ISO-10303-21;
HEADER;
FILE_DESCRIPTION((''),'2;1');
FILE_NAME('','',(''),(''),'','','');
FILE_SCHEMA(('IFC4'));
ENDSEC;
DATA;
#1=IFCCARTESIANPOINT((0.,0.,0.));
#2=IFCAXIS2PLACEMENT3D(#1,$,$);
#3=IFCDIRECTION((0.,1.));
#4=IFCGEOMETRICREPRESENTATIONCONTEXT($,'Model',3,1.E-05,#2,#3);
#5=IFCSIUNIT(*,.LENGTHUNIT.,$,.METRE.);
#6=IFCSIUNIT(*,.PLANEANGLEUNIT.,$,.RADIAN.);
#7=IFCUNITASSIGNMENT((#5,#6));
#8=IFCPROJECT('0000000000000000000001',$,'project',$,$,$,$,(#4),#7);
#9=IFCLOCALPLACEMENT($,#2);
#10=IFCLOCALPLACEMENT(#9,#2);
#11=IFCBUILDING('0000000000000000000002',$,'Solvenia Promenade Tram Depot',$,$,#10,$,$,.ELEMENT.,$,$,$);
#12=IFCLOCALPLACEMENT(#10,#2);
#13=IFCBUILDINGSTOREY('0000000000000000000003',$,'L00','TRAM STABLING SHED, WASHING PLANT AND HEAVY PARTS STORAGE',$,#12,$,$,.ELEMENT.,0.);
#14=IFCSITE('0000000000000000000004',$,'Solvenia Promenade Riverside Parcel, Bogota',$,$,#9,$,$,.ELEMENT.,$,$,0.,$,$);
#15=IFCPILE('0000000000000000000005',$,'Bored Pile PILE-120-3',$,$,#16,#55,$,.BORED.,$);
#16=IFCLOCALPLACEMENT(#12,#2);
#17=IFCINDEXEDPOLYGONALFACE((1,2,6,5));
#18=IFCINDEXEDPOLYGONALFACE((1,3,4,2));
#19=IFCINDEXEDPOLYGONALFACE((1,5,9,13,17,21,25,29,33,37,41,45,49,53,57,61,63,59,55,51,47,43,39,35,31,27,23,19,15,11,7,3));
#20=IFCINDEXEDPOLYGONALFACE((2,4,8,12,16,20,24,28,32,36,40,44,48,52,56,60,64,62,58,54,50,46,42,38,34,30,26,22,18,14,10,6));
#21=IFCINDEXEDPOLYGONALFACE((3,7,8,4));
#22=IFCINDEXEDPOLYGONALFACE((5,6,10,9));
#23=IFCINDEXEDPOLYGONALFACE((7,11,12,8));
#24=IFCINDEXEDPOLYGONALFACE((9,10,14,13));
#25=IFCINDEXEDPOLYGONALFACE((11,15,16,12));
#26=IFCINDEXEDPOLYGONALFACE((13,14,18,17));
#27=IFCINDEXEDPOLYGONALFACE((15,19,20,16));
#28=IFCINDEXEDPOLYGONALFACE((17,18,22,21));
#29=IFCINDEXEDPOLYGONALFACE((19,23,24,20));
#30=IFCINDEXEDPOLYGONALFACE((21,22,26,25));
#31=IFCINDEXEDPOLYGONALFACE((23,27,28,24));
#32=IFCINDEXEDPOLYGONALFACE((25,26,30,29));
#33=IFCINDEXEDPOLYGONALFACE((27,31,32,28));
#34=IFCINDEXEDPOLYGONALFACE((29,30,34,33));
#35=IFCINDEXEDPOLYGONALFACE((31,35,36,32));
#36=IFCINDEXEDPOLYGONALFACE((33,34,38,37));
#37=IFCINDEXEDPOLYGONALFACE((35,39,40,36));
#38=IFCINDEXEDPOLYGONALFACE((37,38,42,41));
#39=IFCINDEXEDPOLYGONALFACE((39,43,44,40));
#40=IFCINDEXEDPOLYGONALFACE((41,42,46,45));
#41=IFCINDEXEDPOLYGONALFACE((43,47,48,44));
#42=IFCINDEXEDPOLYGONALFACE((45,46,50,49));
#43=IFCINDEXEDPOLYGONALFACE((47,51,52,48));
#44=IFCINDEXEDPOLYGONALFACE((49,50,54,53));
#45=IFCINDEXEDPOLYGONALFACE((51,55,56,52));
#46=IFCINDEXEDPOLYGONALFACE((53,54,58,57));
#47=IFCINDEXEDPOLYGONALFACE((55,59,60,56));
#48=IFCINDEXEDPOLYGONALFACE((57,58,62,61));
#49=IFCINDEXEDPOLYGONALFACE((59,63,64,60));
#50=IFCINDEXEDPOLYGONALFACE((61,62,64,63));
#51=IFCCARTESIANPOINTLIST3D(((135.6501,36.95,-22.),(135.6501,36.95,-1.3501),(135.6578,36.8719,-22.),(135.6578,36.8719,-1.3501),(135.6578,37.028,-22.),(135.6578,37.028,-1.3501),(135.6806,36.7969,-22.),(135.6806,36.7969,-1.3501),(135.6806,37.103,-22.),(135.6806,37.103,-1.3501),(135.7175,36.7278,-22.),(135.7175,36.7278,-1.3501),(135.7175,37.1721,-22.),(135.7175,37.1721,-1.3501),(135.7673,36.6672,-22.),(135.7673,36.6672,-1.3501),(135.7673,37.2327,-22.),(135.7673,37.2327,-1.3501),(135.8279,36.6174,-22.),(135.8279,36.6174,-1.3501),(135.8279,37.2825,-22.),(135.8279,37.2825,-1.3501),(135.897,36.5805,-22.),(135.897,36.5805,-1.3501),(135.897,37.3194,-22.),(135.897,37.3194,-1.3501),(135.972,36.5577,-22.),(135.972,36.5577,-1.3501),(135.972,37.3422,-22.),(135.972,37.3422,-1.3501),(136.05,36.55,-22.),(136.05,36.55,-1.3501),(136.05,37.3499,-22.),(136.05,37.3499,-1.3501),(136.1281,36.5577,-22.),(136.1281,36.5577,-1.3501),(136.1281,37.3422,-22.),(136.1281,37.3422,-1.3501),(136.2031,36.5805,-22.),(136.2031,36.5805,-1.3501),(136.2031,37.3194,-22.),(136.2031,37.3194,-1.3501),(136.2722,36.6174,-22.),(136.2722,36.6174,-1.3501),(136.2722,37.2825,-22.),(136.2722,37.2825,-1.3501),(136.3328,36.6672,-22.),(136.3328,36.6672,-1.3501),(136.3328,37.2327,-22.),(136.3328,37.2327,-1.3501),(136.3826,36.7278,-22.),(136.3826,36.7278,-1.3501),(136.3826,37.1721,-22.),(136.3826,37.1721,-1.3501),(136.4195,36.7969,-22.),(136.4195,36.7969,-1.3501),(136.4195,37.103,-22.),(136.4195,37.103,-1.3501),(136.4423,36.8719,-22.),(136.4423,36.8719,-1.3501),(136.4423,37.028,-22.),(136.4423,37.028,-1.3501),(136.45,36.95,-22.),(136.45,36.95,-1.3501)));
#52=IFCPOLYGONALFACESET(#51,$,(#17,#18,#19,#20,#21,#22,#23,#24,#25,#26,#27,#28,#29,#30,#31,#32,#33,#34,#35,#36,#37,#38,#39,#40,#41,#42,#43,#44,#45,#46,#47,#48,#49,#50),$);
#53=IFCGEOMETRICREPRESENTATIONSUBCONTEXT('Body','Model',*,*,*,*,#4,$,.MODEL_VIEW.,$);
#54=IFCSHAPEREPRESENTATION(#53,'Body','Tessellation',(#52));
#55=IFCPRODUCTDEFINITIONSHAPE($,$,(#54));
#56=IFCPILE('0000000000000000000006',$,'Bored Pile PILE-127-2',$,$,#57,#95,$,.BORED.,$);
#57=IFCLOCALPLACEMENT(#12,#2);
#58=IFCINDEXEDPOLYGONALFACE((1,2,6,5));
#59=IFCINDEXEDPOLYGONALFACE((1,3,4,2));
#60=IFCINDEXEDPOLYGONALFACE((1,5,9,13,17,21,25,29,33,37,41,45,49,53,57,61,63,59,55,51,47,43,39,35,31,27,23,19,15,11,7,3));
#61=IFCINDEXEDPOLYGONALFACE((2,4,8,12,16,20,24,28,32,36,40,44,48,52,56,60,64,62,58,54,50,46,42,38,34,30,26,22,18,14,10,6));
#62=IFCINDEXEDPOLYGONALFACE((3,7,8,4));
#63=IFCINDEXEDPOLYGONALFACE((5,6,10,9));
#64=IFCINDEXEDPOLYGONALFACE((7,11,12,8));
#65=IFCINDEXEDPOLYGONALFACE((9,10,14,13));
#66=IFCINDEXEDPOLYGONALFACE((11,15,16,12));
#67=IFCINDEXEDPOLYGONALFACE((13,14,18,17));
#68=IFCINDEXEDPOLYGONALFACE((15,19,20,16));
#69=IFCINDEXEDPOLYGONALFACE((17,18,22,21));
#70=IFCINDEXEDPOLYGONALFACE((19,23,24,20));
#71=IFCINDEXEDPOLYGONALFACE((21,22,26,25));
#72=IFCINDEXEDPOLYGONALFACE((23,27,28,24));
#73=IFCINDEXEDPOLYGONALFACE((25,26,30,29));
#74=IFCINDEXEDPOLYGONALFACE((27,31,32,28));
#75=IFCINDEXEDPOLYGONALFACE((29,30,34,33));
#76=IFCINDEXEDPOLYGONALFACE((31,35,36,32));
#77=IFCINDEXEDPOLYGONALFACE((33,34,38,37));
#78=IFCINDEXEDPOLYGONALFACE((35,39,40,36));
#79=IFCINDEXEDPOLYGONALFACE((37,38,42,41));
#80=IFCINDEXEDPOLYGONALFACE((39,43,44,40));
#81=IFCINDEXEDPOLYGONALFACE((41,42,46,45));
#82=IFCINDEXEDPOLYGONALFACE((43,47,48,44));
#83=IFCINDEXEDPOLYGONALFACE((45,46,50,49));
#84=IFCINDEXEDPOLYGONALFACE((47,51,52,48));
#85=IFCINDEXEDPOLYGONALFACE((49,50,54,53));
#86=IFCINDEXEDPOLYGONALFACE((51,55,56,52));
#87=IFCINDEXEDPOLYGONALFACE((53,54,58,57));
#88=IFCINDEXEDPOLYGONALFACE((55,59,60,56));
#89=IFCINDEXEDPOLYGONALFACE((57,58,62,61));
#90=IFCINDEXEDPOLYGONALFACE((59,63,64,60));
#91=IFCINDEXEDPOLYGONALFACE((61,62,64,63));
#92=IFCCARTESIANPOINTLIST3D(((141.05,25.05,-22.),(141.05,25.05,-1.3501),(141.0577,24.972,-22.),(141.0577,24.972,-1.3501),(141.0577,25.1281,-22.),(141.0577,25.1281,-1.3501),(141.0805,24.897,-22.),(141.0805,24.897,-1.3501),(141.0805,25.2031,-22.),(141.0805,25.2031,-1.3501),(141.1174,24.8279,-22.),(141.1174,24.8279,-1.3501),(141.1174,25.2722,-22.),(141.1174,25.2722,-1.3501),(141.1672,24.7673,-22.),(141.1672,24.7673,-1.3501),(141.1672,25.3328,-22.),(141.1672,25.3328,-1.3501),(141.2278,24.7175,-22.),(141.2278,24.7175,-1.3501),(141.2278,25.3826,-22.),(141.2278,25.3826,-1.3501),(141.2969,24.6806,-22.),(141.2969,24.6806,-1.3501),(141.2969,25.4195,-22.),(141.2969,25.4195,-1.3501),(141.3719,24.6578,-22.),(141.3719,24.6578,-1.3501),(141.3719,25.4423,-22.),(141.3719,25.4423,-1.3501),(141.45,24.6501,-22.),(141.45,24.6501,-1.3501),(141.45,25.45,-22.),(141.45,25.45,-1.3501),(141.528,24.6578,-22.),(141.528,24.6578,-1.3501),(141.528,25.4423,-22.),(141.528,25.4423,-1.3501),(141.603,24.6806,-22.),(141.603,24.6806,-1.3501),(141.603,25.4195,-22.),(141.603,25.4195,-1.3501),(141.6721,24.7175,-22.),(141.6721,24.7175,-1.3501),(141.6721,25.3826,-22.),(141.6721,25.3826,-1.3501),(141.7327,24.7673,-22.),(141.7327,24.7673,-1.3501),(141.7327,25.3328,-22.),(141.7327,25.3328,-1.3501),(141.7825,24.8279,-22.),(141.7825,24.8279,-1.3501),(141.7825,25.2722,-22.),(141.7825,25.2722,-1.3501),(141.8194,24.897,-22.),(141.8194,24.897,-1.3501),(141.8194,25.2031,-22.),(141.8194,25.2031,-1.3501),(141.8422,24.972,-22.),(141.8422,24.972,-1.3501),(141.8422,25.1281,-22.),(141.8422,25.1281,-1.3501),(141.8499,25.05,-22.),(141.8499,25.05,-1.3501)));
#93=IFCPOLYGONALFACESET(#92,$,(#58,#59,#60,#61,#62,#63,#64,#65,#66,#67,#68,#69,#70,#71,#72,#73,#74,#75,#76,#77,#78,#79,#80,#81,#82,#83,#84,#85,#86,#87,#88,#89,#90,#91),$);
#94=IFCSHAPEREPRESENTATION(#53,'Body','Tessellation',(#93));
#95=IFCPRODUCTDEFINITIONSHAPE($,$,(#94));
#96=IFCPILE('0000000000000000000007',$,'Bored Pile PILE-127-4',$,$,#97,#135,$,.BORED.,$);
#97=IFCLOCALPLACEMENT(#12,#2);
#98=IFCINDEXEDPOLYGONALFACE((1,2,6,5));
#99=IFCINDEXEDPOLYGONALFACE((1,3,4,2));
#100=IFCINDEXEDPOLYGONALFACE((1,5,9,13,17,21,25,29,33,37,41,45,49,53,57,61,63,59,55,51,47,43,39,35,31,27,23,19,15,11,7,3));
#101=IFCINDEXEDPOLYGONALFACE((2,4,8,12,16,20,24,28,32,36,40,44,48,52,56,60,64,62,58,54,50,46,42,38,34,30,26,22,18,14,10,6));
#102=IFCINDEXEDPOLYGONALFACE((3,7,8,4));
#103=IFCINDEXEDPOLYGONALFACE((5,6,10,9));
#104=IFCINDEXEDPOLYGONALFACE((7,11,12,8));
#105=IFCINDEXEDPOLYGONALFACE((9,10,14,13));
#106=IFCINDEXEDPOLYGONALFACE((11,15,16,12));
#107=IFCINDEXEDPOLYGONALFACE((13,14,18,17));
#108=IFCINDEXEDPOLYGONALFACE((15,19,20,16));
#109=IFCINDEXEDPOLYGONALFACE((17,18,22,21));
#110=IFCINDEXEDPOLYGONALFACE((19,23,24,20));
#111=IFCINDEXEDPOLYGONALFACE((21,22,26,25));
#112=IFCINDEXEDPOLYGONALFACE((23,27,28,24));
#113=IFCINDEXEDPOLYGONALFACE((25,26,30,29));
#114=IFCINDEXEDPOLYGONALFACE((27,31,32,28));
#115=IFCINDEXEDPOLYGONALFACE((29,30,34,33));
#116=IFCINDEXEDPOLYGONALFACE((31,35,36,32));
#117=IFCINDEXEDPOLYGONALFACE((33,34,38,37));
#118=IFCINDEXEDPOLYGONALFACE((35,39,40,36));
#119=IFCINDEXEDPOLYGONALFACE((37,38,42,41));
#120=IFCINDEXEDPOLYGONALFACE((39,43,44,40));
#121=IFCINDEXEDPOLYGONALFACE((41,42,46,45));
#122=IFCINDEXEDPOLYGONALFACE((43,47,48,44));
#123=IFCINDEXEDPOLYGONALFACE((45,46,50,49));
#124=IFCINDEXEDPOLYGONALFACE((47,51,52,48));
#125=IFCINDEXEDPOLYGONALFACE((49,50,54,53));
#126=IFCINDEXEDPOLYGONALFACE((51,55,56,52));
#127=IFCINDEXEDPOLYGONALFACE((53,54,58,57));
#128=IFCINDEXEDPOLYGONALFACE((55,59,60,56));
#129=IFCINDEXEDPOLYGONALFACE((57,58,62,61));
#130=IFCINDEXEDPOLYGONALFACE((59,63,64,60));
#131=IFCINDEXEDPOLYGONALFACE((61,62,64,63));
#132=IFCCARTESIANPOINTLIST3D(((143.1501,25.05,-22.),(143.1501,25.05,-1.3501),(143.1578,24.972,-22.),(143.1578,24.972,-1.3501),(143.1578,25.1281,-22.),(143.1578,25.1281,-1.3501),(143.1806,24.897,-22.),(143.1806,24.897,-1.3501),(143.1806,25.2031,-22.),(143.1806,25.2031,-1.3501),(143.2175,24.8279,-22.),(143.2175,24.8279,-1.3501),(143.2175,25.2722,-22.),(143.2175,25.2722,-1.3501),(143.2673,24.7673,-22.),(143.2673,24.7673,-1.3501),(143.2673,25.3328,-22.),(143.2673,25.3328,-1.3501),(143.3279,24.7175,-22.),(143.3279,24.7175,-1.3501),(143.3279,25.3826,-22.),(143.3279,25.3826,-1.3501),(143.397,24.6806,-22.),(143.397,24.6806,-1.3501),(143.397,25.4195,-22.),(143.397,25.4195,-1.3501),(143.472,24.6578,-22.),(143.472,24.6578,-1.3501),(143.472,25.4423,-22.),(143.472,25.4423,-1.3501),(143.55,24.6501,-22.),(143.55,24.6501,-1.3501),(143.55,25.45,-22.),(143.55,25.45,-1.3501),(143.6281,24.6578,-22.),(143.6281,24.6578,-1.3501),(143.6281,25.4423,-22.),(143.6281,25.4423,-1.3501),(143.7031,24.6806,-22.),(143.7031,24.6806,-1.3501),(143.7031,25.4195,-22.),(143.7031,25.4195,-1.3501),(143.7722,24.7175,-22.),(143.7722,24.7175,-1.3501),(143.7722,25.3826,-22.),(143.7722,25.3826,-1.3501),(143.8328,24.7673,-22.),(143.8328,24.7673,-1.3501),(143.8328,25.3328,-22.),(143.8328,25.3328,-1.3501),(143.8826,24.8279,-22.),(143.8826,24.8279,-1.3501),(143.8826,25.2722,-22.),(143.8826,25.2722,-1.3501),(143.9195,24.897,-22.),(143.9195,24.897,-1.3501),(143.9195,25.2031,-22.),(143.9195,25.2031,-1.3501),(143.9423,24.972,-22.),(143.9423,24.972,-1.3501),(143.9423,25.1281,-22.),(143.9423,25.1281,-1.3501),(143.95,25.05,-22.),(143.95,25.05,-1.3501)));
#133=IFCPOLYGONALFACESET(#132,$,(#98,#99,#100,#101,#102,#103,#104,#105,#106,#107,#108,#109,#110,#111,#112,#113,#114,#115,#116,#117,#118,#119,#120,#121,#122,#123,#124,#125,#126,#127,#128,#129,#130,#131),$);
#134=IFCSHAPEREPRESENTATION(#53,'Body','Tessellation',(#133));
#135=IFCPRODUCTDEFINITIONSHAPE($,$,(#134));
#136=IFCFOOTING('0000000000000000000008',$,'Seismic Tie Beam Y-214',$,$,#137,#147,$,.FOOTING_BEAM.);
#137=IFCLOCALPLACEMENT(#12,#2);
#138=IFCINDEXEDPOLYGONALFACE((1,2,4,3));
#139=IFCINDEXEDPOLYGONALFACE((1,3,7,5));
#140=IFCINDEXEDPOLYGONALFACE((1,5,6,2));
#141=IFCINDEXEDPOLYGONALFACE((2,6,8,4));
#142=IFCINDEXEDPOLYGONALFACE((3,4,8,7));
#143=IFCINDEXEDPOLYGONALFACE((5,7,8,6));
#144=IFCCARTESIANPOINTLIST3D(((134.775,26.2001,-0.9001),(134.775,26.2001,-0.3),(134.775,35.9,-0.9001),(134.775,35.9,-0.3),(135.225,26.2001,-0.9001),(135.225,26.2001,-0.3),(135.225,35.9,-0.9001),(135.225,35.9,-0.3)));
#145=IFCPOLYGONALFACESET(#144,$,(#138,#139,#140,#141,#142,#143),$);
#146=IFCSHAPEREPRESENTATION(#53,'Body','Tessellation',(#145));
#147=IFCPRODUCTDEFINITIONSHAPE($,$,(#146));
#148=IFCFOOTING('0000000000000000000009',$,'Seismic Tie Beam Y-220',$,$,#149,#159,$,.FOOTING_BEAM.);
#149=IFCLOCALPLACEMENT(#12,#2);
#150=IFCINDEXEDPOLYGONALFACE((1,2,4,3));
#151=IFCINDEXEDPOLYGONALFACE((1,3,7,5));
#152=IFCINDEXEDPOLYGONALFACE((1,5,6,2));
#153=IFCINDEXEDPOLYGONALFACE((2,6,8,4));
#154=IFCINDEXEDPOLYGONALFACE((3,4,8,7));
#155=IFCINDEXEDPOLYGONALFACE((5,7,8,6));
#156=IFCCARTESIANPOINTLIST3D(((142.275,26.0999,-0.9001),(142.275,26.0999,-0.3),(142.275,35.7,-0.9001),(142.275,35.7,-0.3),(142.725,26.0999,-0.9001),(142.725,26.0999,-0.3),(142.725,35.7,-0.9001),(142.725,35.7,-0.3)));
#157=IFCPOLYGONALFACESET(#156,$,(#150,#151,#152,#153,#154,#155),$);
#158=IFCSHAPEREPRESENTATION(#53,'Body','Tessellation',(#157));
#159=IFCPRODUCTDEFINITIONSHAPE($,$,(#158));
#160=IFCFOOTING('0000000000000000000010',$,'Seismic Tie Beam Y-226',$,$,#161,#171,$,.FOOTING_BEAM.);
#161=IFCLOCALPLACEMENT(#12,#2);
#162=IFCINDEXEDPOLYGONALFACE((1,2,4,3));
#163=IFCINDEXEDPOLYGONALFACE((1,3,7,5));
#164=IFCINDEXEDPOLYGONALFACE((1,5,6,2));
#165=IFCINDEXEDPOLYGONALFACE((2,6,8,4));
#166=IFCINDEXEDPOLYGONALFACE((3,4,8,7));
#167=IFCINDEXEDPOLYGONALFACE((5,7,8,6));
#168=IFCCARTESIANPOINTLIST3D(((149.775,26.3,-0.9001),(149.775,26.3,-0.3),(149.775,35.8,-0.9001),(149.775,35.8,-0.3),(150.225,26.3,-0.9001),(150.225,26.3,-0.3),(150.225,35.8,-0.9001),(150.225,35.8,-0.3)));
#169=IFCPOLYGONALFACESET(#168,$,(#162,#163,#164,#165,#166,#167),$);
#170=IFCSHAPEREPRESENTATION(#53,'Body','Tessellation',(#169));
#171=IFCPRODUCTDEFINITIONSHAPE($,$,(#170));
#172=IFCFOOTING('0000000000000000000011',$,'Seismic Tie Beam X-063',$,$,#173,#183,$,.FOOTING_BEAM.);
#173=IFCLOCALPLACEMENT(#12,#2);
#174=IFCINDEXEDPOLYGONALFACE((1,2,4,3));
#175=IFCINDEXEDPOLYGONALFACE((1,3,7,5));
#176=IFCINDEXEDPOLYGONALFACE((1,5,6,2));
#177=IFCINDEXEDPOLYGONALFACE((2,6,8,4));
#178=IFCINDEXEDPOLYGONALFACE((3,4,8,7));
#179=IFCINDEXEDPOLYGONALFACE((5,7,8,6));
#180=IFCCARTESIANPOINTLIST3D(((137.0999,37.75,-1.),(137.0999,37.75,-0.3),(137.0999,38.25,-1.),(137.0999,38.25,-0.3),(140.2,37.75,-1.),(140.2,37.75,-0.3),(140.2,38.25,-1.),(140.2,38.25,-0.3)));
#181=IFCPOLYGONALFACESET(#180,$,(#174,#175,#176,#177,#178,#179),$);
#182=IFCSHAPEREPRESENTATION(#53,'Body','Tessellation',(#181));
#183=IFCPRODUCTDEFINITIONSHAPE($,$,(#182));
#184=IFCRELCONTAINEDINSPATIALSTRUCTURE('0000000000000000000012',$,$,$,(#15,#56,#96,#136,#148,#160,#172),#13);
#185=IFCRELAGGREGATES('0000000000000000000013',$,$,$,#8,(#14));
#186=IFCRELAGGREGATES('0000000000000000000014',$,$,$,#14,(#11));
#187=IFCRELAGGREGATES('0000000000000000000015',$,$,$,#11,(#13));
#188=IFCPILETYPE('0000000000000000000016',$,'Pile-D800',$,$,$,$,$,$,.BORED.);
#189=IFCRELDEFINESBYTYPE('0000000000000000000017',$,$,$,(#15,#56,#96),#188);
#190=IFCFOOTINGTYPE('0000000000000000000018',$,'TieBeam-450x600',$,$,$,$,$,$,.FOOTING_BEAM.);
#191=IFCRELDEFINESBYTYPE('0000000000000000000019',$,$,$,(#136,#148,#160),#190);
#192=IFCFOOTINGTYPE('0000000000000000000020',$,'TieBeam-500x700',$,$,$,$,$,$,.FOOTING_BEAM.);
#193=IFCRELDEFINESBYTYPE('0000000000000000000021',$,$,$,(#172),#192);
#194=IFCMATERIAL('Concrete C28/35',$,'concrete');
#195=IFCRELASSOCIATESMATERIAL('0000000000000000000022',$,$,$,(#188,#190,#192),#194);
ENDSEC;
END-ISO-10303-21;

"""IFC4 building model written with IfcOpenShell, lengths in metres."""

from ifc_helpers import new_model, si_unit, direction, frame, origin, origin_2d, place, context, subcontext, project, spatial, rectangle, circle, extrude, material, material_profile, profile_set, type_object, element, save


model = new_model("IFC4")

# Units and contexts
model_context = context("Model", 3, precision=1e-05, world=origin(), true_north=direction((0.0, 1.0)))
body_context = subcontext(model_context, "Body", "Model", "MODEL_VIEW")
ifc_project = project(units=[si_unit("LENGTHUNIT", "METRE"), si_unit("PLANEANGLEUNIT", "RADIAN")], contexts=[model_context])

# Site, building, storey
site_placement = place(None, origin())
site = spatial("IfcSite", under=ifc_project, at=site_placement, Name="Solvenia Promenade Riverside Parcel, Bogota", CompositionType="ELEMENT", RefElevation=0.0)
building_placement = place(site_placement, origin())
building = spatial("IfcBuilding", under=site, at=building_placement, Name="Solvenia Promenade Tram Depot", CompositionType="ELEMENT")
storey_placement = place(building_placement, origin())
storey = spatial("IfcBuildingStorey", under=building, at=storey_placement, Name="L00", Description="TRAM STABLING SHED, WASHING PLANT AND HEAVY PARTS STORAGE", CompositionType="ELEMENT", Elevation=0.0)

# Shared definitions
ifc_material_1 = material(Name="Concrete C28/35", Category="concrete")

# Piles
ifc_material_profile_1 = material_profile(ifc_material_1, circle(Radius=0.3999, at=origin_2d()), Name="D800", Category="concrete")
ifc_profile_set_1 = profile_set([ifc_material_profile_1], Name="Concrete C28/35")
pile_type_1 = type_object("IfcPileType", Name="Pile-D800", PredefinedType="BORED", material=ifc_profile_set_1)
for number, where, z_axis, x_axis, name in (
    (1, (136.05, 36.95, -1.3501), (0.0, 0.0, -1.0), (1.0, 0.0, 0.0), "Bored Pile PILE-120-3"),
    (2, (141.45, 25.05, -1.3501), (0.0, 0.0, -1.0), (1.0, 0.0, 0.0), "Bored Pile PILE-127-2"),
    (3, (143.55, 25.05, -1.3501), (0.0, 0.0, -1.0), (1.0, 0.0, 0.0), "Bored Pile PILE-127-4"),
):
    element("IfcPile", number, at=place(storey_placement, frame(where, z_axis=z_axis, x_axis=x_axis)), inside=storey, type_object=pile_type_1, Name=name, PredefinedType="BORED", context=body_context, shape_type="SweptSolid", body=[
        extrude(circle(Radius=0.3999, at=origin_2d()), origin(), (0.0, 0.0, 1.0), 20.6499),
    ])

# Footings
footing_type_1 = type_object("IfcFootingType", Name="TieBeam-450x600", PredefinedType="FOOTING_BEAM", material=ifc_material_1)
footing_1_placement = place(storey_placement, frame((135.0, 31.05, -0.9001), z_axis=(0.0, 0.0, 1.0), x_axis=(1.0, 0.0, 0.0)))
element("IfcFooting", 4, at=footing_1_placement, inside=storey, type_object=footing_type_1, Name="Seismic Tie Beam Y-214", PredefinedType="FOOTING_BEAM", context=body_context, shape_type="SweptSolid", body=[
    extrude(rectangle(XDim=0.45, YDim=9.7, at=origin_2d()), origin(), (0.0, 0.0, 1.0), 0.6001),
])
footing_2_placement = place(storey_placement, frame((142.5, 30.8999, -0.9001), z_axis=(0.0, 0.0, 1.0), x_axis=(1.0, 0.0, 0.0)))
element("IfcFooting", 5, at=footing_2_placement, inside=storey, type_object=footing_type_1, Name="Seismic Tie Beam Y-220", PredefinedType="FOOTING_BEAM", context=body_context, shape_type="SweptSolid", body=[
    extrude(rectangle(XDim=0.45, YDim=9.6001, at=origin_2d()), origin(), (0.0, 0.0, 1.0), 0.6001),
])
footing_3_placement = place(storey_placement, frame((150.0, 31.05, -0.9001), z_axis=(0.0, 0.0, 1.0), x_axis=(1.0, 0.0, 0.0)))
element("IfcFooting", 6, at=footing_3_placement, inside=storey, type_object=footing_type_1, Name="Seismic Tie Beam Y-226", PredefinedType="FOOTING_BEAM", context=body_context, shape_type="SweptSolid", body=[
    extrude(rectangle(XDim=0.45, YDim=9.5, at=origin_2d()), origin(), (0.0, 0.0, 1.0), 0.6001),
])
footing_type_2 = type_object("IfcFootingType", Name="TieBeam-500x700", PredefinedType="FOOTING_BEAM", material=ifc_material_1)
footing_4_placement = place(storey_placement, frame((138.6499, 38.0, -1.0), z_axis=(0.0, 0.0, 1.0), x_axis=(1.0, 0.0, 0.0)))
element("IfcFooting", 7, at=footing_4_placement, inside=storey, type_object=footing_type_2, Name="Seismic Tie Beam X-063", PredefinedType="FOOTING_BEAM", context=body_context, shape_type="SweptSolid", body=[
    extrude(rectangle(XDim=3.1001, YDim=0.5, at=origin_2d()), origin(), (0.0, 0.0, 1.0), 0.7),
])

save(model, "model.ifc")
